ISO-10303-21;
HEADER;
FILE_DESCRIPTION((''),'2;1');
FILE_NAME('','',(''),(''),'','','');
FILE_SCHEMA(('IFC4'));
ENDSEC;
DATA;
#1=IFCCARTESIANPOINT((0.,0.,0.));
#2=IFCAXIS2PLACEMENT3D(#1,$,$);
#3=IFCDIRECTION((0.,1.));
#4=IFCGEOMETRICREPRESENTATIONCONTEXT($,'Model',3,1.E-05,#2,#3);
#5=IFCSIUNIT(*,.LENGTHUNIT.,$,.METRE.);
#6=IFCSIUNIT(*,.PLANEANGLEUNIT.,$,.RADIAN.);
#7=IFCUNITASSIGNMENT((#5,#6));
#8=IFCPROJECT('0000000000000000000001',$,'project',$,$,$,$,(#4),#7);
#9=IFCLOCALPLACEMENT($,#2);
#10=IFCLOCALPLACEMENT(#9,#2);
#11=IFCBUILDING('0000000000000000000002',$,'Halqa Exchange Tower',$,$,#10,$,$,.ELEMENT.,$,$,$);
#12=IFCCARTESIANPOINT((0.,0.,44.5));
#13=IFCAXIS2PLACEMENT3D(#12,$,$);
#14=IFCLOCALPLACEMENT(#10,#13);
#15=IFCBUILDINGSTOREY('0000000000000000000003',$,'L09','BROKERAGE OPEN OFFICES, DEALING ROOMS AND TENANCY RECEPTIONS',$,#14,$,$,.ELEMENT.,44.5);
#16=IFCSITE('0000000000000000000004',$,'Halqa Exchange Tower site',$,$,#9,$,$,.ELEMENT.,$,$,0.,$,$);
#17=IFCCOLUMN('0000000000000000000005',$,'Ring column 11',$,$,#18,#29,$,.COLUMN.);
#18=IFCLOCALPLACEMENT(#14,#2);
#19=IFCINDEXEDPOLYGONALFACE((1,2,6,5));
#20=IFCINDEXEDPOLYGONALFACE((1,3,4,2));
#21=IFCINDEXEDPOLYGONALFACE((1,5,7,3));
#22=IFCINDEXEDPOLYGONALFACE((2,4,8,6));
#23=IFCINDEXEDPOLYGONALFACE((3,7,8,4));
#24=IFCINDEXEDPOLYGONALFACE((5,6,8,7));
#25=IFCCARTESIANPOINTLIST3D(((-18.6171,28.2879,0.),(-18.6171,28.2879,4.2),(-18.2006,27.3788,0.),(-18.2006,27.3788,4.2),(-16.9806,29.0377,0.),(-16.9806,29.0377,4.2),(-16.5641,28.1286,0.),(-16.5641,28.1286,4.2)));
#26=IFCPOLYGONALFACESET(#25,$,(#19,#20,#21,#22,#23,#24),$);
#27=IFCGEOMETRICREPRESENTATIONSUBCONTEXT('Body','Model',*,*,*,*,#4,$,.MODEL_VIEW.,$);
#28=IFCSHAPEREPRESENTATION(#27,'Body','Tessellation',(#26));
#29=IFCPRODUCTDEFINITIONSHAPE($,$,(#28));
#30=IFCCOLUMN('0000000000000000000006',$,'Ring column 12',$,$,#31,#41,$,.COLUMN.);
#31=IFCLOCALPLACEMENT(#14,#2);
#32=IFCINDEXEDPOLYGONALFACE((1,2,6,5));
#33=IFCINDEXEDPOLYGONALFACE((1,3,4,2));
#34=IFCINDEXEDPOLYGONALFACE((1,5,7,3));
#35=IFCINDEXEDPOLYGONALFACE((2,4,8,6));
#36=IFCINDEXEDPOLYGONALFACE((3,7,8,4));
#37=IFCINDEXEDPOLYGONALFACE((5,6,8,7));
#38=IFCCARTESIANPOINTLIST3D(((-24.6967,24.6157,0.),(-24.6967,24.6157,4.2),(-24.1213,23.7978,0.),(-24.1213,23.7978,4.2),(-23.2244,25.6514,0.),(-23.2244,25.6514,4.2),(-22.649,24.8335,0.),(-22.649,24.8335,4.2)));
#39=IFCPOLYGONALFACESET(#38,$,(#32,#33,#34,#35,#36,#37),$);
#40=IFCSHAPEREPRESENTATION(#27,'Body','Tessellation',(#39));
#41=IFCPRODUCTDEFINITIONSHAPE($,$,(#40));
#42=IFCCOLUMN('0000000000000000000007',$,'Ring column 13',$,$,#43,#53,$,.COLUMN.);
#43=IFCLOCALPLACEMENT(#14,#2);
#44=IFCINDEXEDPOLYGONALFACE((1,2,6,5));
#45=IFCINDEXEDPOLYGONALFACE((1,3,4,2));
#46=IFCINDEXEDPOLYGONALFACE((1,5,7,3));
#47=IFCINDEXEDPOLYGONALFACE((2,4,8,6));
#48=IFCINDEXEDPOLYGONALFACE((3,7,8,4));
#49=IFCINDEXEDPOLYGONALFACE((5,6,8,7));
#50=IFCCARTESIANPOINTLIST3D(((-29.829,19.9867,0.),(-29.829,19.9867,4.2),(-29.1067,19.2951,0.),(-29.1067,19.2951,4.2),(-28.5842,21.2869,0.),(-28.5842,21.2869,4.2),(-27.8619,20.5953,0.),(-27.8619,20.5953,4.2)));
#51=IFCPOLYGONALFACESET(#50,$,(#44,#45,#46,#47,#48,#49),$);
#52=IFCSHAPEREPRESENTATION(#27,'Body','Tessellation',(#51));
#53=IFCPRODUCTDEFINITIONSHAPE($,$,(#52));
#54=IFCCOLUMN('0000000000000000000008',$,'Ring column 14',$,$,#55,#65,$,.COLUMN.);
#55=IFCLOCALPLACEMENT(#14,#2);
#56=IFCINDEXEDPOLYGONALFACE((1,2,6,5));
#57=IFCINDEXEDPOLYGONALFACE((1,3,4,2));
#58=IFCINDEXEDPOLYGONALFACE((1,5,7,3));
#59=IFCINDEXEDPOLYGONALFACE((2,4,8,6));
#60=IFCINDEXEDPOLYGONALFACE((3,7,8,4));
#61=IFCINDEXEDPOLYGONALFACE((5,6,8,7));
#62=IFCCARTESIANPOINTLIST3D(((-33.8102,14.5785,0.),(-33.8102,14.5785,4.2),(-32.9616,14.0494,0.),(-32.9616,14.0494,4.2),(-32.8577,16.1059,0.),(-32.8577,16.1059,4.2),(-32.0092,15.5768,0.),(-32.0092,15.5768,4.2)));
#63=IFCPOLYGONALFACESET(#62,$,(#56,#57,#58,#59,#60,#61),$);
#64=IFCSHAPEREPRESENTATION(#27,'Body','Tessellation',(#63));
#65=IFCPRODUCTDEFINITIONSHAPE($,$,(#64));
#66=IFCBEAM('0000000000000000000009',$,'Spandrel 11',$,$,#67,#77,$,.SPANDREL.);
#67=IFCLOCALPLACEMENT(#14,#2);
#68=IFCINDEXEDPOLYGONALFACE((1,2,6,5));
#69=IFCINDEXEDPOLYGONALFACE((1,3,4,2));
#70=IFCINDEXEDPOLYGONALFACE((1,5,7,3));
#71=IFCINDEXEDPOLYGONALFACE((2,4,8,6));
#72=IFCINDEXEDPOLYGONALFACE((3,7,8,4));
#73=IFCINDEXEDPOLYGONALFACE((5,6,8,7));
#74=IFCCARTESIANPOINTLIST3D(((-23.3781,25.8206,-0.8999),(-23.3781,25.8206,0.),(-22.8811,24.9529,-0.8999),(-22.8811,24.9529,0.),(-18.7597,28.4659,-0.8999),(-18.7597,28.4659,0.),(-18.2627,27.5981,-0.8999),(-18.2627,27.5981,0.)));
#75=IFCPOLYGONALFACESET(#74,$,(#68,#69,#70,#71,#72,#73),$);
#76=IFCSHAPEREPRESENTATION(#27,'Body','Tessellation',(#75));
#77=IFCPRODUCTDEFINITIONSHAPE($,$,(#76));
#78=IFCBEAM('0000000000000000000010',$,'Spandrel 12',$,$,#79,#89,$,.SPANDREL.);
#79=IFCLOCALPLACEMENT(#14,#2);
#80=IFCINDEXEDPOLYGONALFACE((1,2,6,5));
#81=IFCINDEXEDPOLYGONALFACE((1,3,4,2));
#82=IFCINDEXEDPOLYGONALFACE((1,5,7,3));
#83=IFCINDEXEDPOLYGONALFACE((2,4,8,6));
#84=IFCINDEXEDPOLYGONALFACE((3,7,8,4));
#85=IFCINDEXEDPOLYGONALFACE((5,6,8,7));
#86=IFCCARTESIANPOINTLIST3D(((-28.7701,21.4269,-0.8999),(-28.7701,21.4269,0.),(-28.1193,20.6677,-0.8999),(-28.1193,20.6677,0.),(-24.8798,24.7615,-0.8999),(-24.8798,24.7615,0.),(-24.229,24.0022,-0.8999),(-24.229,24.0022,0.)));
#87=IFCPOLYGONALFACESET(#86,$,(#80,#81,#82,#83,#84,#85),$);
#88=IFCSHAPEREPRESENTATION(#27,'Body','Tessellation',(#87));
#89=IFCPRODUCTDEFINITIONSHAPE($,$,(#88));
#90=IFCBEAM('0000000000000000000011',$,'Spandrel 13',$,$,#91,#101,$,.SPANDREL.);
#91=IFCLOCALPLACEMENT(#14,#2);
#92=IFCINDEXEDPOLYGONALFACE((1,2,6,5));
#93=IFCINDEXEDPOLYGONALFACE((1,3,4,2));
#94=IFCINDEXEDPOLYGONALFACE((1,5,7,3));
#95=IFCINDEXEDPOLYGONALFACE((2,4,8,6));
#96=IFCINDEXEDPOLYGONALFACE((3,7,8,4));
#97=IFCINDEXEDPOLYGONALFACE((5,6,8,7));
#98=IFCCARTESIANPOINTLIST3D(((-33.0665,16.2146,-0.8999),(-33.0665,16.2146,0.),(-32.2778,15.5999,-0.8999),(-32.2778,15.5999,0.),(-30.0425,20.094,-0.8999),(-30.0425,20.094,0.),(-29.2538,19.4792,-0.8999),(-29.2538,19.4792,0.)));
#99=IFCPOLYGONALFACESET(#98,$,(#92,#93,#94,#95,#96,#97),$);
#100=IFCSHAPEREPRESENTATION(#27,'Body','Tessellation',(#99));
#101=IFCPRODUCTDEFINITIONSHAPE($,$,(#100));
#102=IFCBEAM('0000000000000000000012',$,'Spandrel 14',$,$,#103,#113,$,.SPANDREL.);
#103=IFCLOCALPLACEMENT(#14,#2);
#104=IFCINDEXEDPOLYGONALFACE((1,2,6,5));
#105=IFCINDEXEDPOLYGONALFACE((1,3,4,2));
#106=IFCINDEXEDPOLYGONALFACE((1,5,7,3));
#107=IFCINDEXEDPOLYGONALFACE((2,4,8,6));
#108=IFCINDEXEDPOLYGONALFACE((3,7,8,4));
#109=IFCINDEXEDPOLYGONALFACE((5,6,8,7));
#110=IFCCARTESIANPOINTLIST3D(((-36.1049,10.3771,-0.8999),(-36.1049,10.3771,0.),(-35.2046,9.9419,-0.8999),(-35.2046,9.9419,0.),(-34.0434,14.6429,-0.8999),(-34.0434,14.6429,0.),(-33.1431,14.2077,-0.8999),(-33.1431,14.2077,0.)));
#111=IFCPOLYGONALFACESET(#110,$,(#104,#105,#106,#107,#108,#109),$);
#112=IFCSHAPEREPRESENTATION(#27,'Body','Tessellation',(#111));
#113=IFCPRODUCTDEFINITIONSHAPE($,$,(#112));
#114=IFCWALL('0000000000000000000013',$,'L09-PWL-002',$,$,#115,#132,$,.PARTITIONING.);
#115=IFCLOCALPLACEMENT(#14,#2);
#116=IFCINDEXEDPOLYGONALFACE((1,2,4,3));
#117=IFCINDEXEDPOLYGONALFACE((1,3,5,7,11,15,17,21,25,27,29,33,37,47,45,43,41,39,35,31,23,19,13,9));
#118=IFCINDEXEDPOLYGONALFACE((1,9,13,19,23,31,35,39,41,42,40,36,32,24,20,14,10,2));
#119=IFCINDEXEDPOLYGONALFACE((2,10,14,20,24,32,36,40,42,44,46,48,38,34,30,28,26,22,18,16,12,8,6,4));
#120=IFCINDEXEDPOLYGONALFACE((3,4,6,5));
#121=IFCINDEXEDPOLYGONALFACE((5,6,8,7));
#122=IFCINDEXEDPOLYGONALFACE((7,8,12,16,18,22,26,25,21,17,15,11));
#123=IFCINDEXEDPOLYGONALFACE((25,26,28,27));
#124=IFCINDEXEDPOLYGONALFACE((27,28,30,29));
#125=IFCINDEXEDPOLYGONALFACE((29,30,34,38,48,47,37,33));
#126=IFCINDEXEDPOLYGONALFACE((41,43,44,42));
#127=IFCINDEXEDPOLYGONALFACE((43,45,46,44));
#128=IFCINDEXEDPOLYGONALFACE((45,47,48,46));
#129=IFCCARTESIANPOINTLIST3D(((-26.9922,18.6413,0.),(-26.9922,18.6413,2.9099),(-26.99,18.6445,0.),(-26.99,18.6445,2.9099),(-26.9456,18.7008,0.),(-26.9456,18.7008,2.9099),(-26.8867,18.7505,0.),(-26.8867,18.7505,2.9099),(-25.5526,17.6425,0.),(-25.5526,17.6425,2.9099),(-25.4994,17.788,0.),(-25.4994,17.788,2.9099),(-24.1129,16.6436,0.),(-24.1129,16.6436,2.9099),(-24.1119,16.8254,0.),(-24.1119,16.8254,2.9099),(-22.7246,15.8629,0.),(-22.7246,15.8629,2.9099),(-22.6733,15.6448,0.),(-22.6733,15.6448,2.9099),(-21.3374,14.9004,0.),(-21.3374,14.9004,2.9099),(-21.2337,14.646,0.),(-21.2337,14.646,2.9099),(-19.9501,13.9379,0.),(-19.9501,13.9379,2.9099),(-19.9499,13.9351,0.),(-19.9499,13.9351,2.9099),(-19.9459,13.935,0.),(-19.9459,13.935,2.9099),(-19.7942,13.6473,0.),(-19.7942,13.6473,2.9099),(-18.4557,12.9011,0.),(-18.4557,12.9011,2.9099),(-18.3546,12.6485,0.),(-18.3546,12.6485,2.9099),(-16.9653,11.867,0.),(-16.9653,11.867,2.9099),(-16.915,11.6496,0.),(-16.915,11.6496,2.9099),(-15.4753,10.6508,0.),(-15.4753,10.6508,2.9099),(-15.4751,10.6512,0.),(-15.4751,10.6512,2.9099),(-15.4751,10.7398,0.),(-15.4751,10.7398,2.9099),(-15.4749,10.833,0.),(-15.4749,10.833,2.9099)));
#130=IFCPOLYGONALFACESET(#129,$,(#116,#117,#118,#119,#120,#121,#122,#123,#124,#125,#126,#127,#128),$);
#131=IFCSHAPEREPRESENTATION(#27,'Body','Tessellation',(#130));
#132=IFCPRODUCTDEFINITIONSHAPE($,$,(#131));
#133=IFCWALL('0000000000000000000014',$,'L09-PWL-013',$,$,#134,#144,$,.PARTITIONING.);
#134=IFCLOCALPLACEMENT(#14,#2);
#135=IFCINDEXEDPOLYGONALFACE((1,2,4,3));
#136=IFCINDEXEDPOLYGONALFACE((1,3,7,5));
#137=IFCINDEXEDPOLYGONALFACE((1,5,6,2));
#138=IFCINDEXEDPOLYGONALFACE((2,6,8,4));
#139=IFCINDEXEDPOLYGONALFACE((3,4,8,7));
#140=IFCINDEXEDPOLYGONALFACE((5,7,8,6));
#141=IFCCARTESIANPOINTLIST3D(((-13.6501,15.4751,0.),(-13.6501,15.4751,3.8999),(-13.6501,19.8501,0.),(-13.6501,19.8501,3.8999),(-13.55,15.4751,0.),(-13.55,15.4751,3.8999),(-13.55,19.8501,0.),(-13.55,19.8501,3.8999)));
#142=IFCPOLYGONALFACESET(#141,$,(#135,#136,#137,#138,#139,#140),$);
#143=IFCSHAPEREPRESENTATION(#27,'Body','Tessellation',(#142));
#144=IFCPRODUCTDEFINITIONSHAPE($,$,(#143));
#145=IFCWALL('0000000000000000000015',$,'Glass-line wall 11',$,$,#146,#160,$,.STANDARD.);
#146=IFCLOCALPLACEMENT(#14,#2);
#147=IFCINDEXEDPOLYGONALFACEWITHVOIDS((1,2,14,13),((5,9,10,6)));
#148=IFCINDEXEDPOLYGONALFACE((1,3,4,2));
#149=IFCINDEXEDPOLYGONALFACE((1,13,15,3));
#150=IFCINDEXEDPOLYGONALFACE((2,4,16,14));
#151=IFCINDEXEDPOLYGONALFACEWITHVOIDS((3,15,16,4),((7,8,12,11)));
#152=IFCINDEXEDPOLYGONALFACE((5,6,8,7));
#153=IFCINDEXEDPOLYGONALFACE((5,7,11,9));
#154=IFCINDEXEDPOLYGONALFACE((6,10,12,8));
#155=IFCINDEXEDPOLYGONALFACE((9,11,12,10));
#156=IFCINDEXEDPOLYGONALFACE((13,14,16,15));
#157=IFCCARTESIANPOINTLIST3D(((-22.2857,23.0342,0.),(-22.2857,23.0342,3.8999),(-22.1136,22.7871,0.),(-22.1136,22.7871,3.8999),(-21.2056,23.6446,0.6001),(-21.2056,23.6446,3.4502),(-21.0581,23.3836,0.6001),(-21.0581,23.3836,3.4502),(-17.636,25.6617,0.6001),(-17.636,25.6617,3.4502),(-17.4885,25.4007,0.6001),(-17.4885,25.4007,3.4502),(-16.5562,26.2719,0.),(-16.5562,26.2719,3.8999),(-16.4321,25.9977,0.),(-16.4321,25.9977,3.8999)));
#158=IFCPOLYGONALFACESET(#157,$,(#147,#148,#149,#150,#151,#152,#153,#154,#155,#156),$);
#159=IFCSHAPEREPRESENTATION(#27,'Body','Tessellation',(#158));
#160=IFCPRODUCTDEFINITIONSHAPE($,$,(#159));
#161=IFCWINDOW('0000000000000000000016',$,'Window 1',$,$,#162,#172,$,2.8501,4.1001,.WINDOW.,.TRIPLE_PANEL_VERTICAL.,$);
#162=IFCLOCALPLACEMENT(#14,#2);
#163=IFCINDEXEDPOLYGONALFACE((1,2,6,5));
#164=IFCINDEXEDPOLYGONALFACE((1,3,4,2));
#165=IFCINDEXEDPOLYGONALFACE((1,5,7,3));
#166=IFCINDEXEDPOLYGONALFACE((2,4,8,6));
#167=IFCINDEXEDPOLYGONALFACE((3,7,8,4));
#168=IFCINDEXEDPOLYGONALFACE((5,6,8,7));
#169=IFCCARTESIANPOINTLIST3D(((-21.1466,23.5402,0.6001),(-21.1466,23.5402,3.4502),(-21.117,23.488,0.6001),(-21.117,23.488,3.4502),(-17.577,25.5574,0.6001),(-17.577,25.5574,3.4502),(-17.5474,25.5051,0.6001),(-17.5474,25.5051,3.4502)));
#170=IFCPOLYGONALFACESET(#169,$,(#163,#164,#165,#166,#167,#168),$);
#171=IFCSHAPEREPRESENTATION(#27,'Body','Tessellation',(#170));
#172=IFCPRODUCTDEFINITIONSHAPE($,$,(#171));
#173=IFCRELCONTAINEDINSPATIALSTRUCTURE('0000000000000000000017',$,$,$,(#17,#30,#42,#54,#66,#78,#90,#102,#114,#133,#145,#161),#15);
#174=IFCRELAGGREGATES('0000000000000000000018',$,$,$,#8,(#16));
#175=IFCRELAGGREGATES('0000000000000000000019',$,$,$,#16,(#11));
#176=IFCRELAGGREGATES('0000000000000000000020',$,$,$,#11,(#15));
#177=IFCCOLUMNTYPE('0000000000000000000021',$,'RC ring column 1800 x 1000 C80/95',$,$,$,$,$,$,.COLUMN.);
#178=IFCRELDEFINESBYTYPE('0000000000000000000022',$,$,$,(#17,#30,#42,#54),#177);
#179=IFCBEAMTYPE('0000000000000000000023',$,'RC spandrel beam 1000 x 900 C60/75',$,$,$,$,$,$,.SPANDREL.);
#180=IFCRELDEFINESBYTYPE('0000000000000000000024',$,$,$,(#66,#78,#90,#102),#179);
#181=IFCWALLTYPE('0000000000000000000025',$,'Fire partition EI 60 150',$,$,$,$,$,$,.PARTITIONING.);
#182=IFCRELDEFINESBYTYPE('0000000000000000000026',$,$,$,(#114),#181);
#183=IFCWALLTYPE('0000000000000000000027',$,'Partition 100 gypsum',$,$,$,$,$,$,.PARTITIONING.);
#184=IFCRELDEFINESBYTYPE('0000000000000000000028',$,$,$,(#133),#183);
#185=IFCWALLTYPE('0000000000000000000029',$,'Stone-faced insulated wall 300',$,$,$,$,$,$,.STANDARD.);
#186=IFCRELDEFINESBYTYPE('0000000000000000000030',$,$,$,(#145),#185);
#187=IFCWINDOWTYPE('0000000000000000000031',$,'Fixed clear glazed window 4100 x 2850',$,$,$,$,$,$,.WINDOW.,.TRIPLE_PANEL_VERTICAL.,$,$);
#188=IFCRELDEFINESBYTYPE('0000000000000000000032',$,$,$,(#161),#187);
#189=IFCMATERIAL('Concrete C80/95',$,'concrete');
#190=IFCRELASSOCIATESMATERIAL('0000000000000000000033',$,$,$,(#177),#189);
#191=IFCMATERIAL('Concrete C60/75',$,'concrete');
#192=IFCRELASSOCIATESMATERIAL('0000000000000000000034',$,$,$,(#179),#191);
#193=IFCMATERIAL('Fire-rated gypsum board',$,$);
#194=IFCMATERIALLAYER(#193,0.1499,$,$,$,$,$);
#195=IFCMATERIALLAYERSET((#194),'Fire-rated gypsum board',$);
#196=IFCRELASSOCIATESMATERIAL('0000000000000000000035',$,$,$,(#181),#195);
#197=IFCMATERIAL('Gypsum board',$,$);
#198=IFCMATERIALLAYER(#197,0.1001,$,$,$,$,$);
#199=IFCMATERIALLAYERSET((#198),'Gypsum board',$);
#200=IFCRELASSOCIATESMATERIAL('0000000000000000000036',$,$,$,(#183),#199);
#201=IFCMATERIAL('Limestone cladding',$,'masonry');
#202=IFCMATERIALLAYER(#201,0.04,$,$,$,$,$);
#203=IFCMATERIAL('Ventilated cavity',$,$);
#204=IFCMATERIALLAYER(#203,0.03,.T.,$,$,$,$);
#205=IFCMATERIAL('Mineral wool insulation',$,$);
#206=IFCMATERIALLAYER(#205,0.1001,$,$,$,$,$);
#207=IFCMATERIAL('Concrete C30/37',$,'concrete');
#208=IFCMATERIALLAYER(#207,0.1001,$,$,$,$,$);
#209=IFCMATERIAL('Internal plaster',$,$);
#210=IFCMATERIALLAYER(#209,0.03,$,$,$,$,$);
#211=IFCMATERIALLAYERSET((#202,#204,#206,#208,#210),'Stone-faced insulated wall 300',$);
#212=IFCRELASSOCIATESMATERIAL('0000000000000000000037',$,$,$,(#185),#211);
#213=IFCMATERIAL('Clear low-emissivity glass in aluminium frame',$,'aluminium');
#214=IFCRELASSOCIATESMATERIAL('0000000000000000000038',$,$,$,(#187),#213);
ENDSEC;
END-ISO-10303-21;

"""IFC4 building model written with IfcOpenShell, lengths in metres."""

from ifc_helpers import new_model, si_unit, direction, frame, frame_2d, origin, origin_2d, place, context, subcontext, project, spatial, polyline, rectangle, outline, extrude, material, layer, layer_set, material_profile, profile_set, type_object, element, fill, save


model = new_model("IFC4")

# Units and contexts
model_context = context("Model", 3, precision=1e-05, world=origin(), true_north=direction((0.0, 1.0)))
body_context = subcontext(model_context, "Body", "Model", "MODEL_VIEW")
ifc_project = project(units=[si_unit("LENGTHUNIT", "METRE"), si_unit("PLANEANGLEUNIT", "RADIAN")], contexts=[model_context])

# Site, building, storey
site_placement = place(None, origin())
site = spatial("IfcSite", under=ifc_project, at=site_placement, Name="Halqa Exchange Tower site", CompositionType="ELEMENT", RefElevation=0.0)
building_placement = place(site_placement, origin())
building = spatial("IfcBuilding", under=site, at=building_placement, Name="Halqa Exchange Tower", CompositionType="ELEMENT")
storey_placement = place(building_placement, frame((0.0, 0.0, 44.5)))
storey = spatial("IfcBuildingStorey", under=building, at=storey_placement, Name="L09", Description="BROKERAGE OPEN OFFICES, DEALING ROOMS AND TENANCY RECEPTIONS", CompositionType="ELEMENT", Elevation=44.5)

# Columns
ifc_material_1 = material(Name="Concrete C80/95", Category="concrete")
ifc_material_profile_1 = material_profile(ifc_material_1, rectangle(XDim=1.8, YDim=1.0, at=origin_2d()), Name="1800 x 1000")
ifc_profile_set_1 = profile_set([ifc_material_profile_1], Name="Concrete C80/95")
column_type = type_object("IfcColumnType", Name="RC ring column 1800 x 1000 C80/95", PredefinedType="COLUMN", material=ifc_profile_set_1)
for number, where, z_axis, x_axis, name in (
    (1, (-17.5906, 28.2083, 0.0), (0.0, 0.0, 1.0), (-0.909127, -0.416519, 0.0), "Ring column 11"),
    (2, (-23.6729, 24.7246, 0.0), (0.0, 0.0, 1.0), (-0.817909, -0.575348, 0.0), "Ring column 12"),
    (3, (-28.8455, 20.291, 0.0), (0.0, 0.0, 1.0), (-0.691576, -0.722304, 0.0), "Ring column 13"),
    (4, (-32.9097, 15.0776, 0.0), (0.0, 0.0, 1.0), (-0.529143, -0.848532, 0.0), "Ring column 14"),
):
    element("IfcColumn", number, at=place(storey_placement, frame(where, z_axis=z_axis, x_axis=x_axis)), inside=storey, type_object=column_type, Name=name, PredefinedType="COLUMN", context=body_context, shape_type="SweptSolid", body=[
        extrude(rectangle(XDim=1.8, YDim=1.0, at=origin_2d()), origin(), (0.0, 0.0, 1.0), 4.2),
    ])

# Beams
ifc_material_2 = material(Name="Concrete C60/75", Category="concrete")
ifc_material_profile_2 = material_profile(ifc_material_2, rectangle(XDim=1.0, YDim=0.8999, at=origin_2d()), Name="1000 x 900")
ifc_profile_set_2 = profile_set([ifc_material_profile_2], Name="Concrete C60/75")
beam_type = type_object("IfcBeamType", Name="RC spandrel beam 1000 x 900 C60/75", PredefinedType="SPANDREL", material=ifc_profile_set_2)
beam_1_placement = place(storey_placement, frame((-18.5112, 28.032, -0.45), z_axis=(-0.867743, -0.497013, 0.0), x_axis=(0.497013, -0.867743, 0.0)))
element("IfcBeam", 5, at=beam_1_placement, inside=storey, type_object=beam_type, Name="Spandrel 11", PredefinedType="SPANDREL", context=body_context, shape_type="SweptSolid", body=[
    extrude(rectangle(XDim=1.0, YDim=0.8999, at=origin_2d()), origin(), (0.0, 0.0, 1.0), 5.3223),
])
beam_2_placement = place(storey_placement, frame((-24.5544, 24.3818, -0.45), z_axis=(-0.75925, -0.650799, 0.0), x_axis=(0.650799, -0.75925, 0.0)))
element("IfcBeam", 6, at=beam_2_placement, inside=storey, type_object=beam_type, Name="Spandrel 12", PredefinedType="SPANDREL", context=body_context, shape_type="SweptSolid", body=[
    extrude(rectangle(XDim=1.0, YDim=0.8999, at=origin_2d()), origin(), (0.0, 0.0, 1.0), 5.1238),
])
beam_3_placement = place(storey_placement, frame((-29.6482, 19.7866, -0.45), z_axis=(-0.614779, -0.7887, 0.0), x_axis=(0.7887, -0.614779, 0.0)))
element("IfcBeam", 7, at=beam_3_placement, inside=storey, type_object=beam_type, Name="Spandrel 13", PredefinedType="SPANDREL", context=body_context, shape_type="SweptSolid", body=[
    extrude(rectangle(XDim=1.0, YDim=0.8999, at=origin_2d()), origin(), (0.0, 0.0, 1.0), 4.9187),
])
beam_4_placement = place(storey_placement, frame((-33.5933, 14.4253, -0.45), z_axis=(-0.435115, -0.900375, 0.0), x_axis=(0.900375, -0.435115, 0.0)))
element("IfcBeam", 8, at=beam_4_placement, inside=storey, type_object=beam_type, Name="Spandrel 14", PredefinedType="SPANDREL", context=body_context, shape_type="SweptSolid", body=[
    extrude(rectangle(XDim=1.0, YDim=0.8999, at=origin_2d()), origin(), (0.0, 0.0, 1.0), 4.7378),
])

# Wall
ifc_material_3 = material(Name="Fire-rated gypsum board")
ifc_layer_1 = layer(ifc_material_3, 0.1499)
ifc_layer_set_1 = layer_set([ifc_layer_1], Name="Fire-rated gypsum board")
wall_type_1 = type_object("IfcWallType", Name="Fire partition EI 60 150", PredefinedType="PARTITIONING", material=ifc_layer_set_1)
wall_1_placement = place(storey_placement, frame((-26.9495, 18.7029, 0.0), z_axis=(0.0, 0.0, 1.0), x_axis=(0.821615, -0.570043, 0.0)))
element("IfcWall", 9, at=wall_1_placement, inside=storey, type_object=wall_type_1, Name="L09-PWL-002", PredefinedType="PARTITIONING", context=body_context, shape_type="SweptSolid", body=[
    extrude(outline(polyline([(14.0173, -0.075), (14.0173, -0.0745), (13.9668, -0.0017), (13.9668, -0.0017), (13.9138, 0.075), (12.0999, 0.075), (10.2859, 0.075), (8.4722, 0.075), (8.4688, 0.0728), (8.467, 0.075), (6.7786, 0.075), (5.0901, 0.075), (3.4016, 0.075), (1.7129, 0.075), (0.0244, 0.075), (0.0044, 0.0005), (0.0, -0.071), (0.0, -0.075), (1.7522, -0.075), (3.5044, -0.075), (5.2566, -0.075), (7.0088, -0.075), (8.7607, -0.075), (10.5129, -0.075), (12.2651, -0.075), (14.0173, -0.075)])), origin(), (0.0, 0.0, 1.0), 2.9099),
])

# Shared definitions
ifc_material_4 = material(Name="Gypsum board")
ifc_layer_2 = layer(ifc_material_4, 0.1001)
ifc_layer_set_2 = layer_set([ifc_layer_2], Name="Gypsum board")
wall_type_2 = type_object("IfcWallType", Name="Partition 100 gypsum", PredefinedType="PARTITIONING", material=ifc_layer_set_2)

# Wall
wall_2_placement = place(storey_placement, frame((-13.6001, 19.8501, 0.0), z_axis=(0.0, 0.0, 1.0), x_axis=(0.0, -1.0, 0.0)))
element("IfcWall", 10, at=wall_2_placement, inside=storey, type_object=wall_type_2, Name="L09-PWL-013", PredefinedType="PARTITIONING", context=body_context, shape_type="SweptSolid", body=[
    extrude(rectangle(XDim=4.375, YDim=0.1001, at=frame_2d((2.1875, 0.0))), origin(), (0.0, 0.0, 1.0), 3.8999),
])

# Wall, opening, window
ifc_material_5 = material(Name="Limestone cladding", Category="masonry")
ifc_layer_3 = layer(ifc_material_5, 0.04)
ifc_material_6 = material(Name="Ventilated cavity")
ifc_layer_4 = layer(ifc_material_6, 0.03, ventilated=True)
ifc_material_7 = material(Name="Mineral wool insulation")
ifc_layer_5 = layer(ifc_material_7, 0.1001)
ifc_material_8 = material(Name="Concrete C30/37", Category="concrete")
ifc_layer_6 = layer(ifc_material_8, 0.1001)
ifc_material_9 = material(Name="Internal plaster")
ifc_layer_7 = layer(ifc_material_9, 0.03)
ifc_layer_set_3 = layer_set([ifc_layer_3, ifc_layer_4, ifc_layer_5, ifc_layer_6, ifc_layer_7], Name="Stone-faced insulated wall 300")
wall_type_3 = type_object("IfcWallType", Name="Stone-faced insulated wall 300", PredefinedType="STANDARD", material=ifc_layer_set_3)
wall_3_placement = place(storey_placement, frame((-16.4941, 26.1348, 0.0), z_axis=(0.0, 0.0, 1.0), x_axis=(-0.870613, -0.491969, 0.0)))
wall_3 = element("IfcWall", 11, at=wall_3_placement, inside=storey, type_object=wall_type_3, Name="Glass-line wall 11", PredefinedType="STANDARD", context=body_context, shape_type="SweptSolid", body=[
    extrude(outline(polyline([(-0.0134, -0.1499), (6.5676, -0.1499), (6.5393, 0.1499), (0.0134, 0.1499), (-0.0134, -0.1499)])), origin(), (0.0, 0.0, 1.0), 3.8999),
])
opening_1_placement = place(wall_3_placement, frame((1.2268, 0.0, 0.6001)))
opening_1 = element("IfcOpeningElement", 12, at=opening_1_placement, cuts=wall_3, PredefinedType="OPENING", context=body_context, shape_type="SweptSolid", body=[
    extrude(rectangle(XDim=4.1001, YDim=2.8501, at=frame_2d((2.05, 1.425))), frame((0.0, 0.1621, 0.0), z_axis=(0.0, -1.0, 0.0), x_axis=(1.0, 0.0, 0.0)), (0.0, 0.0, 1.0), 0.324),
])
ifc_material_10 = material(Name="Clear low-emissivity glass in aluminium frame", Category="aluminium")
window_type = type_object("IfcWindowType", Name="Fixed clear glazed window 4100 x 2850", PartitioningType="TRIPLE_PANEL_VERTICAL", PredefinedType="WINDOW", material=ifc_material_10)
window_1_placement = place(opening_1_placement, origin())
window_1 = element("IfcWindow", 13, at=window_1_placement, inside=storey, type_object=window_type, Name="Window 1", OverallHeight=2.8501, OverallWidth=4.1001, PartitioningType="TRIPLE_PANEL_VERTICAL", PredefinedType="WINDOW", context=body_context, shape_type="SweptSolid", body=[
    extrude(rectangle(XDim=4.1001, YDim=2.8501, at=frame_2d((2.05, 1.425))), frame((0.0, 0.03, 0.0), z_axis=(0.0, -1.0, 0.0), x_axis=(1.0, 0.0, 0.0)), (0.0, 0.0, 1.0), 0.0601),
])
fill(opening_1, window_1)

save(model, "model.ifc")
